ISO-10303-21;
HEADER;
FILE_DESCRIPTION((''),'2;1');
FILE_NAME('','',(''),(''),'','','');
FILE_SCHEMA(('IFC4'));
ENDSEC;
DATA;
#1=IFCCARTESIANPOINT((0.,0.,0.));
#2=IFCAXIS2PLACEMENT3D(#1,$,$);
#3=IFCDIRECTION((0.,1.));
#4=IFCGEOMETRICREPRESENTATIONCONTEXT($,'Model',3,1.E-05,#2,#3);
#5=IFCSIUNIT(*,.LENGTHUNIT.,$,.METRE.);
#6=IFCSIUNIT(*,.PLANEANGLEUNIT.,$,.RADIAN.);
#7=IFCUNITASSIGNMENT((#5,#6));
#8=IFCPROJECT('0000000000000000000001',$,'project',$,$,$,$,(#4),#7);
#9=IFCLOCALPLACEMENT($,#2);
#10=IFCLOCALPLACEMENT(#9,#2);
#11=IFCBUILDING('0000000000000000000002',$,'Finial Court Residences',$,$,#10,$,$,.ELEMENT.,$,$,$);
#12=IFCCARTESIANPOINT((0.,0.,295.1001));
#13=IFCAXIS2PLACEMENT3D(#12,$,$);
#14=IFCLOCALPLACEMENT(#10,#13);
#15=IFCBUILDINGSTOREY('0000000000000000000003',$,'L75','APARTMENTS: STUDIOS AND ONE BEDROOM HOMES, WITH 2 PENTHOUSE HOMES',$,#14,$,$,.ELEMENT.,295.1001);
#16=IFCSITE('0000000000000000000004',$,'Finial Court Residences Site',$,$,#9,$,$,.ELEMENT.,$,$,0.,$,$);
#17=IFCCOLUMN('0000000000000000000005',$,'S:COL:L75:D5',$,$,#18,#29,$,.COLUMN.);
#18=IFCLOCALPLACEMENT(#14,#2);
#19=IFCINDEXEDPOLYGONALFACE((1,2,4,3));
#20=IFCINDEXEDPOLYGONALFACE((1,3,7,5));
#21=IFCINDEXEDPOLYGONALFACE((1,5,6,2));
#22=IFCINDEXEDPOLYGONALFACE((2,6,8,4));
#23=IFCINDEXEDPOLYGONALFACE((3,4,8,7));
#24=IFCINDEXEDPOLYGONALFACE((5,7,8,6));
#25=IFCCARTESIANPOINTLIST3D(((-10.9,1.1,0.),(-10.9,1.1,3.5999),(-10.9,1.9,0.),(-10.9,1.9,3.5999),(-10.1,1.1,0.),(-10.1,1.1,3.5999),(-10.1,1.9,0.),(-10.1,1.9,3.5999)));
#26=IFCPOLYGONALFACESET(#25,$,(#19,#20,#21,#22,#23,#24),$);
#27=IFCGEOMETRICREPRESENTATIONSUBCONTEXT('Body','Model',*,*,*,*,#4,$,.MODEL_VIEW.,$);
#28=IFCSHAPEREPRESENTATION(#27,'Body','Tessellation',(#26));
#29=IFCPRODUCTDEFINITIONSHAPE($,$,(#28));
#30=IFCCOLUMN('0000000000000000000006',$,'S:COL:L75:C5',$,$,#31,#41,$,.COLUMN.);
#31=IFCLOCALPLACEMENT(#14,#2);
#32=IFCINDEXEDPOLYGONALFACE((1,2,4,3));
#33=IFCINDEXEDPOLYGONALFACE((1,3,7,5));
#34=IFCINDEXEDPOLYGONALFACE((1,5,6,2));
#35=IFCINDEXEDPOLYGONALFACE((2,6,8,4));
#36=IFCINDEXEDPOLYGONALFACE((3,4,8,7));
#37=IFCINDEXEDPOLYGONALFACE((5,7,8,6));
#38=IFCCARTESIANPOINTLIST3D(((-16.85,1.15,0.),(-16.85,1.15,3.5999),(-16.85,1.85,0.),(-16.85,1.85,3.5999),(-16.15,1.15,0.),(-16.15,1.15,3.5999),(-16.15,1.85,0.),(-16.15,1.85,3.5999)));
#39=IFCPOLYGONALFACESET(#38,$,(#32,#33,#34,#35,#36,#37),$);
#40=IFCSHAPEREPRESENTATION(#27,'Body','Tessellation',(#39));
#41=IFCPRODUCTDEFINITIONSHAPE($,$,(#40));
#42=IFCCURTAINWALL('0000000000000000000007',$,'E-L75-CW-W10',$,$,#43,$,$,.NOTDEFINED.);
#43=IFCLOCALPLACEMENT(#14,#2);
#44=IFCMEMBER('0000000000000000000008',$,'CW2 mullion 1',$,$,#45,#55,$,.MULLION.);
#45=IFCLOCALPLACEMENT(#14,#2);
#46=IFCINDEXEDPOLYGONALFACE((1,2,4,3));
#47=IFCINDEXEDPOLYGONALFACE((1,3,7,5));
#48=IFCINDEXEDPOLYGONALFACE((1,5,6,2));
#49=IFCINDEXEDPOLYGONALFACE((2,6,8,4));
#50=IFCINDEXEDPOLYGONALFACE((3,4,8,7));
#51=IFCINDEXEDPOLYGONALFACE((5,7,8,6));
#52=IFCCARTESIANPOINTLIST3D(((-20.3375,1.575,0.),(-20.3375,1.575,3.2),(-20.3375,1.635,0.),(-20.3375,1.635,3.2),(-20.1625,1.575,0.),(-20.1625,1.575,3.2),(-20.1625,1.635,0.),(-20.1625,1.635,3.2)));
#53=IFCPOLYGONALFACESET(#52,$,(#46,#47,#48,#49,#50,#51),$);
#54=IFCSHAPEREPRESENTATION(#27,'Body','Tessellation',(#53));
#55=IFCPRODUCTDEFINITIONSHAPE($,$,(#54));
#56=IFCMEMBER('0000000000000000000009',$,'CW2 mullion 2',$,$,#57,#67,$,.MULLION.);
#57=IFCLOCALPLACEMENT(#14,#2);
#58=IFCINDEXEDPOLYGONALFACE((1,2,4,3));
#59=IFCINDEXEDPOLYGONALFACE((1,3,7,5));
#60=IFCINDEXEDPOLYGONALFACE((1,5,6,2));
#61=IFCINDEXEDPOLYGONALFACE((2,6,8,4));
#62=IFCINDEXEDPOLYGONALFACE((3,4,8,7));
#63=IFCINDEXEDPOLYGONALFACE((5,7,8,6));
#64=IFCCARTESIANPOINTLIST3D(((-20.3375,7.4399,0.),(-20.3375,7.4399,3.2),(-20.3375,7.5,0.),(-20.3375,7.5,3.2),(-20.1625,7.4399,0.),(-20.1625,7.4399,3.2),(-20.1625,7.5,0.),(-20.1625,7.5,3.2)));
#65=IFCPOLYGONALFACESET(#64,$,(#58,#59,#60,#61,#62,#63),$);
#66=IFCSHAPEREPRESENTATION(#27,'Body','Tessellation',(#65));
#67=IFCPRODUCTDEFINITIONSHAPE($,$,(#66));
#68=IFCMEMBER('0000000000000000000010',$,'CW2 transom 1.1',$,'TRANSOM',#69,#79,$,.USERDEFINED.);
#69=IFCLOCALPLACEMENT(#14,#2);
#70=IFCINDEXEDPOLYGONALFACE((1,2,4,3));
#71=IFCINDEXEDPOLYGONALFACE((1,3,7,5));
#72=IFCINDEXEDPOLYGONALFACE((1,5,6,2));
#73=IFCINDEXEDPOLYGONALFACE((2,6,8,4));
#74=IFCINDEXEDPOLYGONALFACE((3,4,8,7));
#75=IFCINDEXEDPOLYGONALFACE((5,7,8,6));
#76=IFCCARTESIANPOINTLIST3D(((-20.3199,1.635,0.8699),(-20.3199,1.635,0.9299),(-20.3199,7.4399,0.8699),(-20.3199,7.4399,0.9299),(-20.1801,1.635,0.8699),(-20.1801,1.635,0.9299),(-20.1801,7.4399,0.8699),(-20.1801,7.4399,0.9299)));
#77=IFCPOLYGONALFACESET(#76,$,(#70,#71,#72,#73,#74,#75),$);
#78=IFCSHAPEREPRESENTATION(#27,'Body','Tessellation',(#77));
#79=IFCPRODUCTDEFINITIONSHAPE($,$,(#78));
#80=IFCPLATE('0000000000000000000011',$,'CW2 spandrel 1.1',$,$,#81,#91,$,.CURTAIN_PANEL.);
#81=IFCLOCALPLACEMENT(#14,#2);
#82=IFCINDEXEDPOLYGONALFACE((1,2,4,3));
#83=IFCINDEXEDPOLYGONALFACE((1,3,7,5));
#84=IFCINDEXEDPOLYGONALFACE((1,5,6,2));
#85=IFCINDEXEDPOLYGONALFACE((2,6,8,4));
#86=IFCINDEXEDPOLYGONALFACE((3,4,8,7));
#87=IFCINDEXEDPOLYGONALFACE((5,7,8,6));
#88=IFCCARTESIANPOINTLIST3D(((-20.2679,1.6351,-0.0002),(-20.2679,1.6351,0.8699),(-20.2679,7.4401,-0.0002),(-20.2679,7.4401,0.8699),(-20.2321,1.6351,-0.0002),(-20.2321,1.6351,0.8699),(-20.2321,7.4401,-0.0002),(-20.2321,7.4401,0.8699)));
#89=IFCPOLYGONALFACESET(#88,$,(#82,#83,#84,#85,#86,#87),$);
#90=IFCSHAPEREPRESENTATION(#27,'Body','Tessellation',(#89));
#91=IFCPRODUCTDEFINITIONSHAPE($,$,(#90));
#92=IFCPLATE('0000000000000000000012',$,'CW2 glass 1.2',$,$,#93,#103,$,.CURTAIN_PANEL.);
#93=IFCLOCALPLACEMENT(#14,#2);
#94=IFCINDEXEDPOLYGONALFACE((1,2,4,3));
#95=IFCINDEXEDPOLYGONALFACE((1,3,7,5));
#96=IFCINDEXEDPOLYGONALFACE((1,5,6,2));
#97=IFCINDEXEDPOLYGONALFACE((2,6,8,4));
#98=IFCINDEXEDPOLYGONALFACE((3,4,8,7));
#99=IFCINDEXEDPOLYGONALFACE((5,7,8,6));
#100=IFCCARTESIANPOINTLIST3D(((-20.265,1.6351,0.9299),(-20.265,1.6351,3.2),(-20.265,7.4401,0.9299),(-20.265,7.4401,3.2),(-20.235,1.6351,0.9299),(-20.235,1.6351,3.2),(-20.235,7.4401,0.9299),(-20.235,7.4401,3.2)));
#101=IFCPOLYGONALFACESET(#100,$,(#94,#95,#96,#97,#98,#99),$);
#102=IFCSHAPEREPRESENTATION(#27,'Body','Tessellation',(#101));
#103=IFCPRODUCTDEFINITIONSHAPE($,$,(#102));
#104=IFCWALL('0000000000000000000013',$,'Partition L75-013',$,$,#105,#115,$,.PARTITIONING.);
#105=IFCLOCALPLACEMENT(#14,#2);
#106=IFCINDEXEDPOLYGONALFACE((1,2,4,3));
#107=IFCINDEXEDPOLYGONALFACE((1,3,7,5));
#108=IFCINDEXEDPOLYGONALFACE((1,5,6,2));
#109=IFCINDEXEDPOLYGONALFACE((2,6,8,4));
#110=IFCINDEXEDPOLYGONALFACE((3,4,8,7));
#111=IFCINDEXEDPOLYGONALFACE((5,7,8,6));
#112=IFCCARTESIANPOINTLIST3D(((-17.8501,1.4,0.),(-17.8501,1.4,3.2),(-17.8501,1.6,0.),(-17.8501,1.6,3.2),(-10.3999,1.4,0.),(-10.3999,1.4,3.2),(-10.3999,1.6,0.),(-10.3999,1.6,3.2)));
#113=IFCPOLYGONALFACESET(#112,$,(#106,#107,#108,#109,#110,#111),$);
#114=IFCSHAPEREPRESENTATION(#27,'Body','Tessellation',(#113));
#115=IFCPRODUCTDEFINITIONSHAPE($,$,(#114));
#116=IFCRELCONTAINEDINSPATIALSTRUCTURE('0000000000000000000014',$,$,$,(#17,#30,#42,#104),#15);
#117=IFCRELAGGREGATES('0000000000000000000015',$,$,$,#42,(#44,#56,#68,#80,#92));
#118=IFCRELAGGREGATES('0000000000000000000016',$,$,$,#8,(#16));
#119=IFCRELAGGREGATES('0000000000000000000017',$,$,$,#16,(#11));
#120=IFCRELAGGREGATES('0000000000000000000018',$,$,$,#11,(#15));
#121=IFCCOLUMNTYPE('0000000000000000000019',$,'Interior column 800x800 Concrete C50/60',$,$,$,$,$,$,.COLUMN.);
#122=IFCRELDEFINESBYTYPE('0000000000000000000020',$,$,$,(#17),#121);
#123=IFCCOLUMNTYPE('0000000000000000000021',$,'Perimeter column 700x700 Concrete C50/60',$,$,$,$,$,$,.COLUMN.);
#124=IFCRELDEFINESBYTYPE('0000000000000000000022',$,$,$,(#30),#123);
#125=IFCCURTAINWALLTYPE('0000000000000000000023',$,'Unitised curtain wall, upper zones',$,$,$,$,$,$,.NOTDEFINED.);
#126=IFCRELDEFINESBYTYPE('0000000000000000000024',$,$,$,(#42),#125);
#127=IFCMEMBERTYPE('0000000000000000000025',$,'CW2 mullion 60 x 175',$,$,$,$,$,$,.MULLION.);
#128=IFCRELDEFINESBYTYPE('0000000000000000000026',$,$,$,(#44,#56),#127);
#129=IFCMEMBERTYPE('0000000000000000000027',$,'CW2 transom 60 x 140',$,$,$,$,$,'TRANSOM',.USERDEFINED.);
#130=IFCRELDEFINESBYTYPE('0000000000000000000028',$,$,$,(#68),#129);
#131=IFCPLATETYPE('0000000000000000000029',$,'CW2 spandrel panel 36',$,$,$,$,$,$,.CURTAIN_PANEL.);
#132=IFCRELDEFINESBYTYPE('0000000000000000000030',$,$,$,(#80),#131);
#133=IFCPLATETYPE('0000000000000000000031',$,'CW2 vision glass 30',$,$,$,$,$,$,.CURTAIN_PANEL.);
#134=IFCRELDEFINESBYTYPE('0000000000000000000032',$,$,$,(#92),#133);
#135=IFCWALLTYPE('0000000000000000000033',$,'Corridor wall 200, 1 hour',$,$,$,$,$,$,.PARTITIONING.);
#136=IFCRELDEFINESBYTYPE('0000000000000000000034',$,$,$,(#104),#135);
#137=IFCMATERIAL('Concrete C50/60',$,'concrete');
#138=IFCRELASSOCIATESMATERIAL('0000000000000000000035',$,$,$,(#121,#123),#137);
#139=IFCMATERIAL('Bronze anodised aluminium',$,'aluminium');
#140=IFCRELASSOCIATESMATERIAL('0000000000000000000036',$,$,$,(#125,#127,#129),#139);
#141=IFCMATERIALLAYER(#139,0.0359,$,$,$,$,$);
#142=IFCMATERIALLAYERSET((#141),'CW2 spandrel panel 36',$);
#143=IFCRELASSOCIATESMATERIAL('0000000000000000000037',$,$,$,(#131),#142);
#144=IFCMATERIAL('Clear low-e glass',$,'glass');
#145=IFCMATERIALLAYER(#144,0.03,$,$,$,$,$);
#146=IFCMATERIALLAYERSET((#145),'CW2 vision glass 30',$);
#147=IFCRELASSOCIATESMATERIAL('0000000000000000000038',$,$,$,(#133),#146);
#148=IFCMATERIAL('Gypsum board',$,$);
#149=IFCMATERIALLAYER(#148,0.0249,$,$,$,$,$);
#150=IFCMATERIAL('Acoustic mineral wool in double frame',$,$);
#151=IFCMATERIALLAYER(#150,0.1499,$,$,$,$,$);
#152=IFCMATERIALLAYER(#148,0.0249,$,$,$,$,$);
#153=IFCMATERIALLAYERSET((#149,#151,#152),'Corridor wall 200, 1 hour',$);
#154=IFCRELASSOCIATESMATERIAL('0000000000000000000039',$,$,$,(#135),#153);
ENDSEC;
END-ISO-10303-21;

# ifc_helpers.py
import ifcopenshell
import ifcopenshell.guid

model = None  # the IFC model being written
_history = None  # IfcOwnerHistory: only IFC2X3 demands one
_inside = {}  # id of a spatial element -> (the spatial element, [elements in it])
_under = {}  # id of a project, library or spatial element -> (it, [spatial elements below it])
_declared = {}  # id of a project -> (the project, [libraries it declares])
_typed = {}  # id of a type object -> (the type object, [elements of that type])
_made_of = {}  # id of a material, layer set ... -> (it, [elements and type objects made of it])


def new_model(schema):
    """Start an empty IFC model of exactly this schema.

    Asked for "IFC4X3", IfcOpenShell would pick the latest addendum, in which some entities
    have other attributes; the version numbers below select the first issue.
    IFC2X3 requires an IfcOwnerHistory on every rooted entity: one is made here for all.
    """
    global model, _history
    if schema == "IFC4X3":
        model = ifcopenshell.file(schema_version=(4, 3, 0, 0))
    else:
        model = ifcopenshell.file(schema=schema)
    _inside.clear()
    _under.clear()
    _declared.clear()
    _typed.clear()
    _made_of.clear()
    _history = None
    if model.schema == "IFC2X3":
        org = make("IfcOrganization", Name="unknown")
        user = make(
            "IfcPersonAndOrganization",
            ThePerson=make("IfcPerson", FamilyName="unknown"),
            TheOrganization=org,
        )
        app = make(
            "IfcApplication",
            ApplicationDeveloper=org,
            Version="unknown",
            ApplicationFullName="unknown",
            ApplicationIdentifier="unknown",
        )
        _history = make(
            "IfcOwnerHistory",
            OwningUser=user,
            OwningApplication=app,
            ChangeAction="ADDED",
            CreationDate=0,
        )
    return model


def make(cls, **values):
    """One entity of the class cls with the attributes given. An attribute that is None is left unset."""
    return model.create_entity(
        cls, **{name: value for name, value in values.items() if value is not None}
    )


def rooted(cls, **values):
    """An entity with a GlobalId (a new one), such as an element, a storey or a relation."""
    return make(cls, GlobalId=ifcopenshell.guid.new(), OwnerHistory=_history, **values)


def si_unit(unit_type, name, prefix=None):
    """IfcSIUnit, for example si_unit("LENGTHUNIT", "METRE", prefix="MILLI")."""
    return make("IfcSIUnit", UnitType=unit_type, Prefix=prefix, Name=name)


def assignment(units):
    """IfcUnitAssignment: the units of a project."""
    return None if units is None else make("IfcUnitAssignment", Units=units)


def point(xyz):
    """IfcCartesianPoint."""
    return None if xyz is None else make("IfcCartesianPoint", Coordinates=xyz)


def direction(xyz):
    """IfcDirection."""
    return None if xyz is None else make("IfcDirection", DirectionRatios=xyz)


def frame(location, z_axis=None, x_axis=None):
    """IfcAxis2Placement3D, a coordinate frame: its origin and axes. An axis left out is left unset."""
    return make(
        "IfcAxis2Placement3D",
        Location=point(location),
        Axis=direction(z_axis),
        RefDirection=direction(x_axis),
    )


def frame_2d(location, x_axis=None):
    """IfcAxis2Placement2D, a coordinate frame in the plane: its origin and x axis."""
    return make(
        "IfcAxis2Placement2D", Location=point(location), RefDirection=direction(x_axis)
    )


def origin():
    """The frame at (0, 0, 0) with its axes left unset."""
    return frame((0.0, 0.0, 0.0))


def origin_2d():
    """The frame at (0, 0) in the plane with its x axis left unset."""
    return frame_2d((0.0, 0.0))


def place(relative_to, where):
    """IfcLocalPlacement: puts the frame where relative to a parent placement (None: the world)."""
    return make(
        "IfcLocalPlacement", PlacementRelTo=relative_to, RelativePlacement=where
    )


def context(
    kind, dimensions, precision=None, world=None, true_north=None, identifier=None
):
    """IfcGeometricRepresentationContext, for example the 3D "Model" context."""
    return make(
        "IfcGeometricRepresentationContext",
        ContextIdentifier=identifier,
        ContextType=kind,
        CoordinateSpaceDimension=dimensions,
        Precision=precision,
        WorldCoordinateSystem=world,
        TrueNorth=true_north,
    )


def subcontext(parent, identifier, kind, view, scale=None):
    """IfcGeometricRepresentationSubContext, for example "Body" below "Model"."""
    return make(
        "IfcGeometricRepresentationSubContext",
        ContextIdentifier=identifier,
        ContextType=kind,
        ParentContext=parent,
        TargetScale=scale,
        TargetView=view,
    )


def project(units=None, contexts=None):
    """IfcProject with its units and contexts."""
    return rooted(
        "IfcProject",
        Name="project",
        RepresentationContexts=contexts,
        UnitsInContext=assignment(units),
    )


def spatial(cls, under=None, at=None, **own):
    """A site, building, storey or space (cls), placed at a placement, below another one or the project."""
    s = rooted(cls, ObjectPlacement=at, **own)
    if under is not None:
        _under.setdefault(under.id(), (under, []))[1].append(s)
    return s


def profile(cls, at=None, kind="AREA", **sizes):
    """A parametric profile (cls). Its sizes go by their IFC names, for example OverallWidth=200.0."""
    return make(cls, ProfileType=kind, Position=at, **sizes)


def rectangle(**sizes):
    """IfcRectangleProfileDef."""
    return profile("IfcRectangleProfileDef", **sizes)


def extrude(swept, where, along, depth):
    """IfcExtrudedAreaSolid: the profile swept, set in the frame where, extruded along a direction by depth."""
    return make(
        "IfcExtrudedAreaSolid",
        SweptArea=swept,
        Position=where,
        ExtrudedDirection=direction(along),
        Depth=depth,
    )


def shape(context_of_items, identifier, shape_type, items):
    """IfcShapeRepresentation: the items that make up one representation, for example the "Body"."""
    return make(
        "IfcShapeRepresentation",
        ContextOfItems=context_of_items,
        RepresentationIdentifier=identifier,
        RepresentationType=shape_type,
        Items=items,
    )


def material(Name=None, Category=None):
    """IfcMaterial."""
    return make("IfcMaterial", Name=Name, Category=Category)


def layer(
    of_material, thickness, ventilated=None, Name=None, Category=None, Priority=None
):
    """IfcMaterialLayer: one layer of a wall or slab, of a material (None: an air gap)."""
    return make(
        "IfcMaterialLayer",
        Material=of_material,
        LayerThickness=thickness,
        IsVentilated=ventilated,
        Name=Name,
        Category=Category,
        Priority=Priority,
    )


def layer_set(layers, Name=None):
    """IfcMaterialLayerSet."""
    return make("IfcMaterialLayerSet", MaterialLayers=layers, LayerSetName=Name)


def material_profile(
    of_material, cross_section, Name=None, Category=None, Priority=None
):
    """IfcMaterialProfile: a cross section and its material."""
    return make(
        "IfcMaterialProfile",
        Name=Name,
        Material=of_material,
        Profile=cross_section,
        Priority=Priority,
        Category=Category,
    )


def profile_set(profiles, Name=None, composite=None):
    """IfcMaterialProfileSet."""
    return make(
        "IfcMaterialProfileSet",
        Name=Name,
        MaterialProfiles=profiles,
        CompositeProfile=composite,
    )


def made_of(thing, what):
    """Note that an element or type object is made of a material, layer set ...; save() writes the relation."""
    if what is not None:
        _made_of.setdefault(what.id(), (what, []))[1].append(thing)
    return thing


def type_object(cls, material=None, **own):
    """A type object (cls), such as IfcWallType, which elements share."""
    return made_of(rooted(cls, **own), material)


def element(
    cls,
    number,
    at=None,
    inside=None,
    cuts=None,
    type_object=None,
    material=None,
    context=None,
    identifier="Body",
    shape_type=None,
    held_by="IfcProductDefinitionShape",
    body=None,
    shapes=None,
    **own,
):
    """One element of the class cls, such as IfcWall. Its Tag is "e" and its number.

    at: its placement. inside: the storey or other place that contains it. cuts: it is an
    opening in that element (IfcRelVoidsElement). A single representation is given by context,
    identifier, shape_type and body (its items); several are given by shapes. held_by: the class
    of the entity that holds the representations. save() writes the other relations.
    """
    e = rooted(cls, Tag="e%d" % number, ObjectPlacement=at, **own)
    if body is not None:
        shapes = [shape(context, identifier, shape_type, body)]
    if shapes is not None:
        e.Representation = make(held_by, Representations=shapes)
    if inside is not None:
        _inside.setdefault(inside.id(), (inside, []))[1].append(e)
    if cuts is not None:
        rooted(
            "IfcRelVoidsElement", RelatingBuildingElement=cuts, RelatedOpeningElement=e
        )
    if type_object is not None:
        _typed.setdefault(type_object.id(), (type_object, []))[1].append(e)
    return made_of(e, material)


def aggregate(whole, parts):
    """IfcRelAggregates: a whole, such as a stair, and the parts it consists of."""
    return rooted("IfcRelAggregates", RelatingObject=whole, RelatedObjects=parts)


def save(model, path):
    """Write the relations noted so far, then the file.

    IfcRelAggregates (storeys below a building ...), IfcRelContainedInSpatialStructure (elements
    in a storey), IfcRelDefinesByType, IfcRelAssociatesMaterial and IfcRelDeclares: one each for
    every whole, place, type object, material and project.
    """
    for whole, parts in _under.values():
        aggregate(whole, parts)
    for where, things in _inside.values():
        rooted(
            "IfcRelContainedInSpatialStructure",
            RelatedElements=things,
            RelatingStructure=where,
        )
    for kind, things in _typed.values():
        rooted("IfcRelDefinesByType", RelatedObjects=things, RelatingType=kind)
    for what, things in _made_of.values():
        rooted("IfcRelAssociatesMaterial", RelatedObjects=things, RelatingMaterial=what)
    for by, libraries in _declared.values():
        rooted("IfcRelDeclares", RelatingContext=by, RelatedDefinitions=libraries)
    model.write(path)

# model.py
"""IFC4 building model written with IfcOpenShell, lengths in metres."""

from ifc_helpers import new_model, si_unit, direction, frame, frame_2d, origin, origin_2d, place, context, subcontext, project, spatial, rectangle, extrude, material, layer, layer_set, material_profile, profile_set, type_object, element, aggregate, save


model = new_model("IFC4")

# Units and contexts
model_context = context("Model", 3, precision=1e-05, world=origin(), true_north=direction((0.0, 1.0)))
body_context = subcontext(model_context, "Body", "Model", "MODEL_VIEW")
ifc_project = project(units=[si_unit("LENGTHUNIT", "METRE"), si_unit("PLANEANGLEUNIT", "RADIAN")], contexts=[model_context])

# Site, building, storey
site_placement = place(None, origin())
site = spatial("IfcSite", under=ifc_project, at=site_placement, Name="Finial Court Residences Site", CompositionType="ELEMENT", RefElevation=0.0)
building_placement = place(site_placement, origin())
building = spatial("IfcBuilding", under=site, at=building_placement, Name="Finial Court Residences", CompositionType="ELEMENT")
storey_placement = place(building_placement, frame((0.0, 0.0, 295.1001)))
storey = spatial("IfcBuildingStorey", under=building, at=storey_placement, Name="L75", Description="APARTMENTS: STUDIOS AND ONE BEDROOM HOMES, WITH 2 PENTHOUSE HOMES", CompositionType="ELEMENT", Elevation=295.1001)

# Columns
ifc_material_1 = material(Name="Concrete C50/60", Category="concrete")
ifc_material_profile_1 = material_profile(ifc_material_1, rectangle(XDim=0.8, YDim=0.8, at=origin_2d()), Name="800x800")
ifc_profile_set_1 = profile_set([ifc_material_profile_1], Name="Concrete C50/60")
column_type_1 = type_object("IfcColumnType", Name="Interior column 800x800 Concrete C50/60", PredefinedType="COLUMN", material=ifc_profile_set_1)
column_1_placement = place(storey_placement, frame((-10.5, 1.5, 0.0), z_axis=(0.0, 0.0, 1.0), x_axis=(1.0, 0.0, 0.0)))
element("IfcColumn", 1, at=column_1_placement, inside=storey, type_object=column_type_1, Name="S:COL:L75:D5", PredefinedType="COLUMN", context=body_context, shape_type="SweptSolid", body=[
    extrude(rectangle(XDim=0.8, YDim=0.8, at=origin_2d()), origin(), (0.0, 0.0, 1.0), 3.5999),
])
ifc_material_profile_2 = material_profile(ifc_material_1, rectangle(XDim=0.7, YDim=0.7, at=origin_2d()), Name="700x700")
ifc_profile_set_2 = profile_set([ifc_material_profile_2], Name="Concrete C50/60")
column_type_2 = type_object("IfcColumnType", Name="Perimeter column 700x700 Concrete C50/60", PredefinedType="COLUMN", material=ifc_profile_set_2)
column_2_placement = place(storey_placement, frame((-16.5, 1.5, 0.0), z_axis=(0.0, 0.0, 1.0), x_axis=(1.0, 0.0, 0.0)))
element("IfcColumn", 2, at=column_2_placement, inside=storey, type_object=column_type_2, Name="S:COL:L75:C5", PredefinedType="COLUMN", context=body_context, shape_type="SweptSolid", body=[
    extrude(rectangle(XDim=0.7, YDim=0.7, at=origin_2d()), origin(), (0.0, 0.0, 1.0), 3.5999),
])

# Curtain wall, members, plates
ifc_material_2 = material(Name="Bronze anodised aluminium", Category="aluminium")
curtain_wall_type = type_object("IfcCurtainWallType", Name="Unitised curtain wall, upper zones", PredefinedType="NOTDEFINED", material=ifc_material_2)
curtain_wall_placement = place(storey_placement, origin())
curtain_wall = element("IfcCurtainWall", 3, at=curtain_wall_placement, inside=storey, type_object=curtain_wall_type, Name="E-L75-CW-W10", PredefinedType="NOTDEFINED")
ifc_material_profile_3 = material_profile(ifc_material_2, rectangle(XDim=0.175, YDim=0.0601, at=origin_2d()), Name="CW2 mullion 60 x 175")
ifc_profile_set_3 = profile_set([ifc_material_profile_3], Name="Bronze anodised aluminium")
member_type_1 = type_object("IfcMemberType", Name="CW2 mullion 60 x 175", PredefinedType="MULLION", material=ifc_profile_set_3)
member_1_placement = place(storey_placement, frame((-20.25, 1.605, 0.0), z_axis=(0.0, 0.0, 1.0), x_axis=(-1.0, 0.0, 0.0)))
member_1 = element("IfcMember", 4, at=member_1_placement, type_object=member_type_1, Name="CW2 mullion 1", PredefinedType="MULLION", context=body_context, shape_type="SweptSolid", body=[
    extrude(rectangle(XDim=0.175, YDim=0.0601, at=origin_2d()), origin(), (0.0, 0.0, 1.0), 3.2),
])
member_2_placement = place(storey_placement, frame((-20.25, 7.47, 0.0), z_axis=(0.0, 0.0, 1.0), x_axis=(-1.0, 0.0, 0.0)))
member_2 = element("IfcMember", 5, at=member_2_placement, type_object=member_type_1, Name="CW2 mullion 2", PredefinedType="MULLION", context=body_context, shape_type="SweptSolid", body=[
    extrude(rectangle(XDim=0.175, YDim=0.0601, at=origin_2d()), origin(), (0.0, 0.0, 1.0), 3.2),
])
ifc_material_profile_4 = material_profile(ifc_material_2, rectangle(XDim=0.1399, YDim=0.0601, at=origin_2d()), Name="CW2 transom 60 x 140")
ifc_profile_set_4 = profile_set([ifc_material_profile_4], Name="Bronze anodised aluminium")
member_type_2 = type_object("IfcMemberType", Name="CW2 transom 60 x 140", ElementType="TRANSOM", PredefinedType="USERDEFINED", material=ifc_profile_set_4)
member_3_placement = place(storey_placement, frame((-20.25, 1.635, 0.8999), z_axis=(0.0, 1.0, 0.0), x_axis=(-1.0, 0.0, 0.0)))
member_3 = element("IfcMember", 6, at=member_3_placement, type_object=member_type_2, Name="CW2 transom 1.1", ObjectType="TRANSOM", PredefinedType="USERDEFINED", context=body_context, shape_type="SweptSolid", body=[
    extrude(rectangle(XDim=0.1399, YDim=0.0601, at=origin_2d()), origin(), (0.0, 0.0, 1.0), 5.8049),
])
ifc_layer_1 = layer(ifc_material_2, 0.0359)
ifc_layer_set_1 = layer_set([ifc_layer_1], Name="CW2 spandrel panel 36")
plate_type_1 = type_object("IfcPlateType", Name="CW2 spandrel panel 36", PredefinedType="CURTAIN_PANEL", material=ifc_layer_set_1)
plate_1_placement = place(storey_placement, frame((-20.25, 4.5376, -0.0002), z_axis=(0.0, 0.0, 1.0), x_axis=(0.0, 1.0, 0.0)))
plate_1 = element("IfcPlate", 7, at=plate_1_placement, type_object=plate_type_1, Name="CW2 spandrel 1.1", PredefinedType="CURTAIN_PANEL", context=body_context, shape_type="SweptSolid", body=[
    extrude(rectangle(XDim=5.8049, YDim=0.0359, at=origin_2d()), origin(), (0.0, 0.0, 1.0), 0.8701),
])
ifc_material_3 = material(Name="Clear low-e glass", Category="glass")
ifc_layer_2 = layer(ifc_material_3, 0.03)
ifc_layer_set_2 = layer_set([ifc_layer_2], Name="CW2 vision glass 30")
plate_type_2 = type_object("IfcPlateType", Name="CW2 vision glass 30", PredefinedType="CURTAIN_PANEL", material=ifc_layer_set_2)
plate_2_placement = place(storey_placement, frame((-20.25, 4.5376, 0.9299), z_axis=(0.0, 0.0, 1.0), x_axis=(0.0, 1.0, 0.0)))
plate_2 = element("IfcPlate", 8, at=plate_2_placement, type_object=plate_type_2, Name="CW2 glass 1.2", PredefinedType="CURTAIN_PANEL", context=body_context, shape_type="SweptSolid", body=[
    extrude(rectangle(XDim=5.8049, YDim=0.03, at=origin_2d()), origin(), (0.0, 0.0, 1.0), 2.27),
])
aggregate(curtain_wall, [member_1, member_2, member_3, plate_1, plate_2])

# Wall
ifc_material_4 = material(Name="Gypsum board")
ifc_layer_3 = layer(ifc_material_4, 0.0249)
ifc_material_5 = material(Name="Acoustic mineral wool in double frame")
ifc_layer_4 = layer(ifc_material_5, 0.1499)
ifc_layer_5 = layer(ifc_material_4, 0.0249)
ifc_layer_set_3 = layer_set([ifc_layer_3, ifc_layer_4, ifc_layer_5], Name="Corridor wall 200, 1 hour")
wall_type_1 = type_object("IfcWallType", Name="Corridor wall 200, 1 hour", PredefinedType="PARTITIONING", material=ifc_layer_set_3)
wall_1_placement = place(storey_placement, frame((-17.8501, 1.5, 0.0), z_axis=(0.0, 0.0, 1.0), x_axis=(1.0, 0.0, 0.0)))
element("IfcWall", 9, at=wall_1_placement, inside=storey, type_object=wall_type_1, Name="Partition L75-013", PredefinedType="PARTITIONING", context=body_context, shape_type="SweptSolid", body=[
    extrude(rectangle(XDim=7.4502, YDim=0.2, at=frame_2d((3.7251, 0.0))), origin(), (0.0, 0.0, 1.0), 3.2),
])

save(model, "model.ifc")
